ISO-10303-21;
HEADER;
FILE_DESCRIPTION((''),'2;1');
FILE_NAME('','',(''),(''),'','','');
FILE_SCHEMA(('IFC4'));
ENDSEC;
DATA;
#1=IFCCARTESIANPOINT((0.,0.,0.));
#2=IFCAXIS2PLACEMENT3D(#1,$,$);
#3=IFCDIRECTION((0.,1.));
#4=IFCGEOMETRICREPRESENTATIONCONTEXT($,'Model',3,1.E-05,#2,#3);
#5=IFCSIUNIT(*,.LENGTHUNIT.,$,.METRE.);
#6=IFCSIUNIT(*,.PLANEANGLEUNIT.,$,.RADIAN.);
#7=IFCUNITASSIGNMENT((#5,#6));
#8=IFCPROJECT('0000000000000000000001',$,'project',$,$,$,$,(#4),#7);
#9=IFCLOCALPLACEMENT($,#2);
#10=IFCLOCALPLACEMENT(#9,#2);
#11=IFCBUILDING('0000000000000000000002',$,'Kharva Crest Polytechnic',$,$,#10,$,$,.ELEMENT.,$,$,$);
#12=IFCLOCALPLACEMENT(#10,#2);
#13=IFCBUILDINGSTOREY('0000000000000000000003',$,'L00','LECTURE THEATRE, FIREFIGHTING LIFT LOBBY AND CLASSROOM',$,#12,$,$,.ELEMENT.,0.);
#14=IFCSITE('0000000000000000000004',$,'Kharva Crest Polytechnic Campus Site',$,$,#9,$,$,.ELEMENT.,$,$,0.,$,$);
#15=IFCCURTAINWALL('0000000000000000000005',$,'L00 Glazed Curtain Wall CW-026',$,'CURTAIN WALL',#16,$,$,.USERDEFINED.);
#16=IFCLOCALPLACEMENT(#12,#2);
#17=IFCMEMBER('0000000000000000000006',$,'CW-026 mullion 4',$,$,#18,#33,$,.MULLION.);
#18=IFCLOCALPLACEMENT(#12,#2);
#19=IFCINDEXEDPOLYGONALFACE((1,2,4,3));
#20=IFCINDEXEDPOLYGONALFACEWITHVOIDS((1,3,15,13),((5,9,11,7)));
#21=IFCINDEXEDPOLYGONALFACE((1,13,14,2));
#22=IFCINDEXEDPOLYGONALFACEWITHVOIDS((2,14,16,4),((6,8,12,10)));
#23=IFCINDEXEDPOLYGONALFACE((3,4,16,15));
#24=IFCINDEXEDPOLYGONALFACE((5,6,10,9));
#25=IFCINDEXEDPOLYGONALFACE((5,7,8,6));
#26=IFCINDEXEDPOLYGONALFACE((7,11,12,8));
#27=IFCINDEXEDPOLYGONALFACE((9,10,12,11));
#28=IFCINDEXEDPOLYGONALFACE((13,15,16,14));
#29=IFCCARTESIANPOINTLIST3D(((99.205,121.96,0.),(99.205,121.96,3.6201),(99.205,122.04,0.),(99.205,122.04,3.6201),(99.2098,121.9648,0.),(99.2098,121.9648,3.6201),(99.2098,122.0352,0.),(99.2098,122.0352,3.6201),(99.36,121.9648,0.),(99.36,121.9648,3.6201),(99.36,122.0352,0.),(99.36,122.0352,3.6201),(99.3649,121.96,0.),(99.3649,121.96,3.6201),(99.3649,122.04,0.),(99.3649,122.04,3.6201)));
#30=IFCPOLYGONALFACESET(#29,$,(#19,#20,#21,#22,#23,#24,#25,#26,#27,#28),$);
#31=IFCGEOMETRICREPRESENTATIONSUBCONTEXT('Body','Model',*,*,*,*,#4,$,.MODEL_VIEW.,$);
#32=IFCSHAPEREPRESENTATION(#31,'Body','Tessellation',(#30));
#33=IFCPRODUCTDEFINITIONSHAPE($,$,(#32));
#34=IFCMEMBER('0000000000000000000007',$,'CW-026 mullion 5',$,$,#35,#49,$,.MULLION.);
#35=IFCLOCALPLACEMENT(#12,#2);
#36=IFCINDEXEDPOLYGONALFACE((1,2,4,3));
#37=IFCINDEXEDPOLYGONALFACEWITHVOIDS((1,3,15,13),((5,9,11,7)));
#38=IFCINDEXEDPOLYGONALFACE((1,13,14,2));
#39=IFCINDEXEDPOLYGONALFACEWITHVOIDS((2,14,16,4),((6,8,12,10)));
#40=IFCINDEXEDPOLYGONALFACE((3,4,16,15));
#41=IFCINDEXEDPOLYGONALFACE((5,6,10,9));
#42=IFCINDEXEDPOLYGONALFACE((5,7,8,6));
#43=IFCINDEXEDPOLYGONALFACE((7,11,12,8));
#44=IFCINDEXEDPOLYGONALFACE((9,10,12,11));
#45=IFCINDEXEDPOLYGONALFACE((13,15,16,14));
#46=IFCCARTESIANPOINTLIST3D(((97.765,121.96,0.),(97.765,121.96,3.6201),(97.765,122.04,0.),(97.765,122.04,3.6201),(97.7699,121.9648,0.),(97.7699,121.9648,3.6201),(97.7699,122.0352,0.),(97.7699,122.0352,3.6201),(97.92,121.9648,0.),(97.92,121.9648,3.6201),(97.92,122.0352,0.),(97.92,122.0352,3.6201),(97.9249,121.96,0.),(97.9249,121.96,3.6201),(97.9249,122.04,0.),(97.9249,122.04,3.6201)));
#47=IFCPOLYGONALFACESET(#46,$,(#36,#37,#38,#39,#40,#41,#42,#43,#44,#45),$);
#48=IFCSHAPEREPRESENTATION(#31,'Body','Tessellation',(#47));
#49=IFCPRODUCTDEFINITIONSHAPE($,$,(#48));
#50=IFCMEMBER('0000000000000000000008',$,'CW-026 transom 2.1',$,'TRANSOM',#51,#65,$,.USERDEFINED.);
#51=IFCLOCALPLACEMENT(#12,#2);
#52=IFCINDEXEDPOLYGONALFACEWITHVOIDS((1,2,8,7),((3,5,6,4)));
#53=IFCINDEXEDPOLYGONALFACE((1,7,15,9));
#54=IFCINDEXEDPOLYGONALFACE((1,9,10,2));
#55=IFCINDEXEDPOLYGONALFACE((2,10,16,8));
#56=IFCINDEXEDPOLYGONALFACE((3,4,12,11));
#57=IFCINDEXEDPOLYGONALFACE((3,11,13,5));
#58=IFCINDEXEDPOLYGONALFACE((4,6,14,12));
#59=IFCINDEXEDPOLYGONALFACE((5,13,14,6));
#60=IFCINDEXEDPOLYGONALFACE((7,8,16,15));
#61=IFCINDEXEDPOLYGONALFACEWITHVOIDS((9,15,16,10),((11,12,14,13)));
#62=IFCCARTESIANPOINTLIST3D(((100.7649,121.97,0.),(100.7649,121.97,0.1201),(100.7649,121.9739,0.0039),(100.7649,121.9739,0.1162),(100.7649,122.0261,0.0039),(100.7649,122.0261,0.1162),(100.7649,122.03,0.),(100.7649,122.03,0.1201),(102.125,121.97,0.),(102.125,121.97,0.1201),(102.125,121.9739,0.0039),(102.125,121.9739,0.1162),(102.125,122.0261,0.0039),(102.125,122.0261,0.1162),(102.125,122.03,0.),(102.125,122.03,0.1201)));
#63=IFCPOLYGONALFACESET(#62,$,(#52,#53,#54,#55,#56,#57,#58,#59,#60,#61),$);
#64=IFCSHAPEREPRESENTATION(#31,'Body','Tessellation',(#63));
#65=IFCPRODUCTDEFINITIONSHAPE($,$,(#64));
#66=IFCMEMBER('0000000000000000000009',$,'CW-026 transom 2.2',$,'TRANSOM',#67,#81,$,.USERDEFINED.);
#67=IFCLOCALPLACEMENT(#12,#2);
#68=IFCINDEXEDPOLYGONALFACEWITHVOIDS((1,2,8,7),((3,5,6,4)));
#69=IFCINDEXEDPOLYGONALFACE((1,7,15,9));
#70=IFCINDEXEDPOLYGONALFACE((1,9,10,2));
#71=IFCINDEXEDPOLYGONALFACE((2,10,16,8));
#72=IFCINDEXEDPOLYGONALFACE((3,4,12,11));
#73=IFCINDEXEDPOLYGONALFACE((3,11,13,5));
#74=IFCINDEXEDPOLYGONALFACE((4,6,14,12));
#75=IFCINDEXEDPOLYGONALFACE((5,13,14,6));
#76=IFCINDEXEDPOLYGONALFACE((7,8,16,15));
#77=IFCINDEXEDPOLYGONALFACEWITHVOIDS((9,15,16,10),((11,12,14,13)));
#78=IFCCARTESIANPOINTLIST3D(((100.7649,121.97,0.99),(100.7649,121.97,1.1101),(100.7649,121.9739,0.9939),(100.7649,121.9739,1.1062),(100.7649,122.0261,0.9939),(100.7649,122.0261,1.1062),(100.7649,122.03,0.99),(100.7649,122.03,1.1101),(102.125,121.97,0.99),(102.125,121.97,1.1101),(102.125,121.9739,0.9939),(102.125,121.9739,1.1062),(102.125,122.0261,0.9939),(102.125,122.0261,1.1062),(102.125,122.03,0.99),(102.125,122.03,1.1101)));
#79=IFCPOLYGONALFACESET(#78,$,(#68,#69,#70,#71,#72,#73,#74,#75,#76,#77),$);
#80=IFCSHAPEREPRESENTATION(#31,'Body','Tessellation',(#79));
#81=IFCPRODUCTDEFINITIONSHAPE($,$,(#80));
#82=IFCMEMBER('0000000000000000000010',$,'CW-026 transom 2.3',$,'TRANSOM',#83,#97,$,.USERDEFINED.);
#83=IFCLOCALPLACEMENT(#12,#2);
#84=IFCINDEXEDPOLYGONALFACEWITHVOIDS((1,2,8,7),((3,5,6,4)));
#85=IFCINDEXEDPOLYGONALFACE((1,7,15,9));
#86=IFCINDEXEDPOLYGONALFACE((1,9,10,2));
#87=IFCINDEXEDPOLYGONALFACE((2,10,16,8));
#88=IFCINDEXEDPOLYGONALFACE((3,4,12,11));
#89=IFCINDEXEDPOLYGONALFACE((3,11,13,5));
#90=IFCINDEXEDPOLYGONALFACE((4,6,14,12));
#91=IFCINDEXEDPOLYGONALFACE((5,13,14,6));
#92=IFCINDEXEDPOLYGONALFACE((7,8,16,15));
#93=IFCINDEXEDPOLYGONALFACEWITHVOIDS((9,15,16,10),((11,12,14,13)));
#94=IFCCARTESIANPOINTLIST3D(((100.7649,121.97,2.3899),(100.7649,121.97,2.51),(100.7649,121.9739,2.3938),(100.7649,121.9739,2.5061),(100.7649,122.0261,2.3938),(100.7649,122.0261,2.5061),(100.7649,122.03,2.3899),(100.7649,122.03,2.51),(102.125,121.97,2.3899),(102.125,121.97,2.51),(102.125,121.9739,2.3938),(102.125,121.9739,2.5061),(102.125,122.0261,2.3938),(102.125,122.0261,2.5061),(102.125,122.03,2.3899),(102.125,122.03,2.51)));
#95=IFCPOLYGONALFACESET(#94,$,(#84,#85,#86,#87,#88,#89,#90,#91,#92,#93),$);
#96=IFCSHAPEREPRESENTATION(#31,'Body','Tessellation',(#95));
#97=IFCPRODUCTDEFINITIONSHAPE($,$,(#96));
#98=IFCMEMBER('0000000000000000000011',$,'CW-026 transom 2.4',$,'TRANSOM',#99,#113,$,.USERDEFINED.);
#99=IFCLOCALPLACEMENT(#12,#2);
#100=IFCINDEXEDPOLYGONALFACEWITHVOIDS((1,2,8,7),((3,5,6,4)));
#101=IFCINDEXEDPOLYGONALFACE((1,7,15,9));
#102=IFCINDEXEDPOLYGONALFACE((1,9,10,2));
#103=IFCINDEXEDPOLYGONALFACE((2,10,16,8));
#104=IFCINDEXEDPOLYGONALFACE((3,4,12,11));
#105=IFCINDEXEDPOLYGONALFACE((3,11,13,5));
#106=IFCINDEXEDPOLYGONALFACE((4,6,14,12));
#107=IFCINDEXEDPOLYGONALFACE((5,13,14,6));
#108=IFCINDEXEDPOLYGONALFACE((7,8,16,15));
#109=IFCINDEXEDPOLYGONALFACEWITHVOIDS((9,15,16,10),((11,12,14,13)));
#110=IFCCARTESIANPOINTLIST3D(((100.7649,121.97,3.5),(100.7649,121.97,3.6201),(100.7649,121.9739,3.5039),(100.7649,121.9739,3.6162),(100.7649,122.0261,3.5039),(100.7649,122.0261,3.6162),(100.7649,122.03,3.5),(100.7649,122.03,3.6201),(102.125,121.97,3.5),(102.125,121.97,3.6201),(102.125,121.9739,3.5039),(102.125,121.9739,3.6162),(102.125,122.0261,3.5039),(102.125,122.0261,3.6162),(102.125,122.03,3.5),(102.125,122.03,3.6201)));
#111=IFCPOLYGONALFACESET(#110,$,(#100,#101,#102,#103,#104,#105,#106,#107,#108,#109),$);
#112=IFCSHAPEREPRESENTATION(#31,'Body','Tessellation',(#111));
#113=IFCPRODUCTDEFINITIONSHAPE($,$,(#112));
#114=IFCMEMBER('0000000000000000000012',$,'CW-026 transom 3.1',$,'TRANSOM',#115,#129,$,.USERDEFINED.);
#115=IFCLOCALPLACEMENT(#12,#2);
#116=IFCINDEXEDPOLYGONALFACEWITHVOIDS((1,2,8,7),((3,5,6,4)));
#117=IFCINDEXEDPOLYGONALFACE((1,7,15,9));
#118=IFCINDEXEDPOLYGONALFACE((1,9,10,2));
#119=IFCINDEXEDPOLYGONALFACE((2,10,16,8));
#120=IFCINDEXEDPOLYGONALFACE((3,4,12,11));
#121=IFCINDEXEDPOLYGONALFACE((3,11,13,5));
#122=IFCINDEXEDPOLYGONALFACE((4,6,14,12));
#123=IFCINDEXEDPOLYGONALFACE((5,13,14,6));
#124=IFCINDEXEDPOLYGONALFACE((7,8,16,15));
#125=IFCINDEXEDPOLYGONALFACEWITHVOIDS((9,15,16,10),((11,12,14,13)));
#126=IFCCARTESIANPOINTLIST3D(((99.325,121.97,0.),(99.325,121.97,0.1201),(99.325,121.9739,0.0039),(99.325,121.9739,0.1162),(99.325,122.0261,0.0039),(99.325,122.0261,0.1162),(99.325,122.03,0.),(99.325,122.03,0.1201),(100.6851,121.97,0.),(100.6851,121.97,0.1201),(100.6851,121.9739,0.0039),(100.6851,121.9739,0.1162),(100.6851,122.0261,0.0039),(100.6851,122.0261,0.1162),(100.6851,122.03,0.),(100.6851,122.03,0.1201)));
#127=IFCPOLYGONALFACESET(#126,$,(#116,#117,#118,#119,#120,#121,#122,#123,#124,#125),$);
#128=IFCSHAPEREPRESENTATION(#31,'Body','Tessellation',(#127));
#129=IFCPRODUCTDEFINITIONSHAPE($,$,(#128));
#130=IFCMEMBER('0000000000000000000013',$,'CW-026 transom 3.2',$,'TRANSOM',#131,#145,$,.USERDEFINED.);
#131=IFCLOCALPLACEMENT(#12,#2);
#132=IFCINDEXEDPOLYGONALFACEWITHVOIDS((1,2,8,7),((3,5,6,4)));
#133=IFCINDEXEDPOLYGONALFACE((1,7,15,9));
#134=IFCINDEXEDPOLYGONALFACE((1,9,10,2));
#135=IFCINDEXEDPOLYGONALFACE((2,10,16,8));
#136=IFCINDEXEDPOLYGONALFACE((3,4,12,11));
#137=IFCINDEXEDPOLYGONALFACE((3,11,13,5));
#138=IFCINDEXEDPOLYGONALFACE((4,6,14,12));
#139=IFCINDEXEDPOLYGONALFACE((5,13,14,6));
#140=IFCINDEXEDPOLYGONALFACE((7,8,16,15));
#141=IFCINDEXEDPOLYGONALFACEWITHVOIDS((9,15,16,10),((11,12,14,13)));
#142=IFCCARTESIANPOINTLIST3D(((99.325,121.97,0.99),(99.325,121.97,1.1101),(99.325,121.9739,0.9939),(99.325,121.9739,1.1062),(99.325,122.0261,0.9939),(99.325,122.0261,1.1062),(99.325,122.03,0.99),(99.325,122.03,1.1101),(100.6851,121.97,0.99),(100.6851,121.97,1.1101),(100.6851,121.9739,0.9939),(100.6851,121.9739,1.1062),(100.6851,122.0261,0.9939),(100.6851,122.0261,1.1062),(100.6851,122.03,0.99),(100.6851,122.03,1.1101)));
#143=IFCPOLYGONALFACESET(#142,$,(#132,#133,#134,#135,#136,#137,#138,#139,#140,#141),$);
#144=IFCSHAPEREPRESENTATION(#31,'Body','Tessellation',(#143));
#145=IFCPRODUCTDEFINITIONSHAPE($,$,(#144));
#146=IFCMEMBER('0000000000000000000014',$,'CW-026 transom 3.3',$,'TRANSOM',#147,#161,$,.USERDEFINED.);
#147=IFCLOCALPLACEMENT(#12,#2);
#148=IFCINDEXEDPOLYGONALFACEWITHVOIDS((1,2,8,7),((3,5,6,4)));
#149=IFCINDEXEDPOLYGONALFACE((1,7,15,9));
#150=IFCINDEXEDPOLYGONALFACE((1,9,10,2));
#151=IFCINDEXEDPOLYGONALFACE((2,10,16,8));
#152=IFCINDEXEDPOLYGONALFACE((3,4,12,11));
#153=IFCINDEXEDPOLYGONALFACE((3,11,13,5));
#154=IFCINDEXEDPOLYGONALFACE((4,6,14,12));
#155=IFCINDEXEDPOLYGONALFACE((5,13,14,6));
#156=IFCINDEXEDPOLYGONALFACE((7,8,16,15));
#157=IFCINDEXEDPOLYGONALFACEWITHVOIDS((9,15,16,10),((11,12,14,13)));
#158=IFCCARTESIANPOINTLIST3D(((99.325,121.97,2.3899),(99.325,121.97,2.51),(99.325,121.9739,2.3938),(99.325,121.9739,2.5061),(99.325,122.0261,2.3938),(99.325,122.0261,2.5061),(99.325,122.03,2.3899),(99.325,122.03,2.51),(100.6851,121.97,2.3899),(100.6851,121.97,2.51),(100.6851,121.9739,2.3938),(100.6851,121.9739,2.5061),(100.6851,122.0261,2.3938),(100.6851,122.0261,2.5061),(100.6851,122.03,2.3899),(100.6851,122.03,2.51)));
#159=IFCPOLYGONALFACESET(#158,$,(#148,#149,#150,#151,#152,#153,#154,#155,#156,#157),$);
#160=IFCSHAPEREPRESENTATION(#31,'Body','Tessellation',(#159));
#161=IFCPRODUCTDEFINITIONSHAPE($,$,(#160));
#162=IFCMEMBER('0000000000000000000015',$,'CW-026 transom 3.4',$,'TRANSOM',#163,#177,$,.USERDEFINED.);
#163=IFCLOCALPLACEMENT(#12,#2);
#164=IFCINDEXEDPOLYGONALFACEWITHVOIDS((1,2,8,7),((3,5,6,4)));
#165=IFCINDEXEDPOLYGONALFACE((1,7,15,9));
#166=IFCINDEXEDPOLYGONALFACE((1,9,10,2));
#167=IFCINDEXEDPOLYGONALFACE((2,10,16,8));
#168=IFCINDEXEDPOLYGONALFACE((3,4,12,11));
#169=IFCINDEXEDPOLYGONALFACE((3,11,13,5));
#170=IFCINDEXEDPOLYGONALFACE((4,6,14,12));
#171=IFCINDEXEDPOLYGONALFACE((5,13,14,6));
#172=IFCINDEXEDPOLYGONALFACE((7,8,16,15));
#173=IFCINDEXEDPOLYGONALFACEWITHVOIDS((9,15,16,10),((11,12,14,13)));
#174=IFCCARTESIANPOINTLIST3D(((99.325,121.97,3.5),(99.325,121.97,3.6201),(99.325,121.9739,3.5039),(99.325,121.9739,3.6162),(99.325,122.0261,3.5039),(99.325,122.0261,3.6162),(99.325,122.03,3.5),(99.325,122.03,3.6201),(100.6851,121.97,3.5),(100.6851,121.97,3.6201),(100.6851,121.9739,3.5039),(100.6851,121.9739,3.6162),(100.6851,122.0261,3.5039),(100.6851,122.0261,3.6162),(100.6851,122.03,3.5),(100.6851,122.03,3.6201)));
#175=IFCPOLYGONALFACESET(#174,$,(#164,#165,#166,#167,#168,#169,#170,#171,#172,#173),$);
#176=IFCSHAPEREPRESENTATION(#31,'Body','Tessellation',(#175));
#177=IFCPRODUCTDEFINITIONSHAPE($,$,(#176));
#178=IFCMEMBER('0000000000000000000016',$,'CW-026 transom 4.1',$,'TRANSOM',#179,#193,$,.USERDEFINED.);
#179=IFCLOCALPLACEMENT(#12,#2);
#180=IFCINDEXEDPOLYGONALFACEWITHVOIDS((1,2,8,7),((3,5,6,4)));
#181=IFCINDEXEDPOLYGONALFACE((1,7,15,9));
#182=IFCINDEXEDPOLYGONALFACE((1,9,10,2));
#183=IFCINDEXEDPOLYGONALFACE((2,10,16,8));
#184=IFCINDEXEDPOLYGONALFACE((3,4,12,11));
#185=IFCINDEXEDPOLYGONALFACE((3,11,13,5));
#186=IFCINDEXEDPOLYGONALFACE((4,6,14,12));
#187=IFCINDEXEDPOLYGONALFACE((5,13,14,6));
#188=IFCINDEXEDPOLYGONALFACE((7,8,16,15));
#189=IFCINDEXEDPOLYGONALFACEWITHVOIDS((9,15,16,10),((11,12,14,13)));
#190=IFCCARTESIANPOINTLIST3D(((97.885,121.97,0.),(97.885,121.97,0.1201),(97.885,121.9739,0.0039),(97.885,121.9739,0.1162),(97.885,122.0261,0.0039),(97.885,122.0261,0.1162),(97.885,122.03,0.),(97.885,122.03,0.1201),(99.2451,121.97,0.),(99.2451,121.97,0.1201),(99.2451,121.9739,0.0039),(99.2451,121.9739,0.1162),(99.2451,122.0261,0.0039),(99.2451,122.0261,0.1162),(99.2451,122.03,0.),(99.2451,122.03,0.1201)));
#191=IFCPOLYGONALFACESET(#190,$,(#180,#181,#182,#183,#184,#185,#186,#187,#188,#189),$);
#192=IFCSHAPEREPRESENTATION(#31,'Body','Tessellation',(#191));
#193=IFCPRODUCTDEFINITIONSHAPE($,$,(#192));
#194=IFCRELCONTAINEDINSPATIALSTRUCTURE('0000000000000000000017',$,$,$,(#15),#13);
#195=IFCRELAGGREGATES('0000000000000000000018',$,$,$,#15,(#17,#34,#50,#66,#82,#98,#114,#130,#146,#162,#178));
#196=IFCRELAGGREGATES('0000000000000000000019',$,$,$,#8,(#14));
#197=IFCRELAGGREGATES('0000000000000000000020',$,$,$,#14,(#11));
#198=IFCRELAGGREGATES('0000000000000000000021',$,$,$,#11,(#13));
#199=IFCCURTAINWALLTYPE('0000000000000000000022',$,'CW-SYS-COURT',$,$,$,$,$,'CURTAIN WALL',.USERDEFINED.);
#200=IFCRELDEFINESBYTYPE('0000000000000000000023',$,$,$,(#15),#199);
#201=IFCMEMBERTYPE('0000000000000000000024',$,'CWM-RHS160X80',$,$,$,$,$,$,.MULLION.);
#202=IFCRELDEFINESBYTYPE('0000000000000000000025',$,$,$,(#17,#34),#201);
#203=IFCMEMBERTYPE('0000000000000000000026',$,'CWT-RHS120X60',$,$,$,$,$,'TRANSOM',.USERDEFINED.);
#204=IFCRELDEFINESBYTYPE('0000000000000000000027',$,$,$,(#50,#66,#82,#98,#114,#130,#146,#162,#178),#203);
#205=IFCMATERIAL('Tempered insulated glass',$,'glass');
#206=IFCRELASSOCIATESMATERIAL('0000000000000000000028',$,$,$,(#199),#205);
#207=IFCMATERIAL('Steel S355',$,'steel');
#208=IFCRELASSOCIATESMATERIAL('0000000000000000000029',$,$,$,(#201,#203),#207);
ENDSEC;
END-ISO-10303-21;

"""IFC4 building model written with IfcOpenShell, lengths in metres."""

from ifc_helpers import new_model, si_unit, direction, frame, origin, origin_2d, place, context, subcontext, project, spatial, hollow_rectangle, extrude, material, material_profile, profile_set, type_object, element, aggregate, save


model = new_model("IFC4")

# Units and contexts
model_context = context("Model", 3, precision=1e-05, world=origin(), true_north=direction((0.0, 1.0)))
body_context = subcontext(model_context, "Body", "Model", "MODEL_VIEW")
ifc_project = project(units=[si_unit("LENGTHUNIT", "METRE"), si_unit("PLANEANGLEUNIT", "RADIAN")], contexts=[model_context])

# Site, building, storey
site_placement = place(None, origin())
site = spatial("IfcSite", under=ifc_project, at=site_placement, Name="Kharva Crest Polytechnic Campus Site", CompositionType="ELEMENT", RefElevation=0.0)
building_placement = place(site_placement, origin())
building = spatial("IfcBuilding", under=site, at=building_placement, Name="Kharva Crest Polytechnic", CompositionType="ELEMENT")
storey_placement = place(building_placement, origin())
storey = spatial("IfcBuildingStorey", under=building, at=storey_placement, Name="L00", Description="LECTURE THEATRE, FIREFIGHTING LIFT LOBBY AND CLASSROOM", CompositionType="ELEMENT", Elevation=0.0)

# Curtain wall, members
ifc_material_1 = material(Name="Tempered insulated glass", Category="glass")
curtain_wall_type = type_object("IfcCurtainWallType", Name="CW-SYS-COURT", ElementType="CURTAIN WALL", PredefinedType="USERDEFINED", material=ifc_material_1)
curtain_wall_placement = place(storey_placement, origin())
curtain_wall = element("IfcCurtainWall", 1, at=curtain_wall_placement, inside=storey, type_object=curtain_wall_type, Name="L00 Glazed Curtain Wall CW-026", ObjectType="CURTAIN WALL", PredefinedType="USERDEFINED")
ifc_material_2 = material(Name="Steel S355", Category="steel")
ifc_material_profile_1 = material_profile(ifc_material_2, hollow_rectangle(XDim=0.0801, YDim=0.1599, WallThickness=0.0049, at=origin_2d()), Name="RHS 160X80X5.0")
ifc_profile_set_1 = profile_set([ifc_material_profile_1], Name="Steel S355")
member_type_1 = type_object("IfcMemberType", Name="CWM-RHS160X80", PredefinedType="MULLION", material=ifc_profile_set_1)
member_1_placement = place(storey_placement, frame((99.2849, 122.0, 0.0), z_axis=(0.0, 0.0, 1.0), x_axis=(0.0, -1.0, 0.0)))
member_1 = element("IfcMember", 2, at=member_1_placement, type_object=member_type_1, Name="CW-026 mullion 4", PredefinedType="MULLION", context=body_context, shape_type="SweptSolid", body=[
    extrude(hollow_rectangle(XDim=0.0801, YDim=0.1599, WallThickness=0.0049, at=origin_2d()), origin(), (0.0, 0.0, 1.0), 3.6201),
])
member_2_placement = place(storey_placement, frame((97.845, 122.0, 0.0), z_axis=(0.0, 0.0, 1.0), x_axis=(0.0, -1.0, 0.0)))
member_2 = element("IfcMember", 3, at=member_2_placement, type_object=member_type_1, Name="CW-026 mullion 5", PredefinedType="MULLION", context=body_context, shape_type="SweptSolid", body=[
    extrude(hollow_rectangle(XDim=0.0801, YDim=0.1599, WallThickness=0.0049, at=origin_2d()), origin(), (0.0, 0.0, 1.0), 3.6201),
])
ifc_material_profile_2 = material_profile(ifc_material_2, hollow_rectangle(XDim=0.0601, YDim=0.1201, WallThickness=0.0039, at=origin_2d()), Name="RHS 120X60X4.0")
ifc_profile_set_2 = profile_set([ifc_material_profile_2], Name="Steel S355")
member_type_2 = type_object("IfcMemberType", Name="CWT-RHS120X60", ElementType="TRANSOM", PredefinedType="USERDEFINED", material=ifc_profile_set_2)
member_3_placement = place(storey_placement, frame((102.125, 122.0, 0.0601), z_axis=(-1.0, 0.0, 0.0), x_axis=(0.0, -1.0, 0.0)))
member_3 = element("IfcMember", 4, at=member_3_placement, type_object=member_type_2, Name="CW-026 transom 2.1", ObjectType="TRANSOM", PredefinedType="USERDEFINED", context=body_context, shape_type="SweptSolid", body=[
    extrude(hollow_rectangle(XDim=0.0601, YDim=0.1201, WallThickness=0.0039, at=origin_2d()), origin(), (0.0, 0.0, 1.0), 1.3601),
])
member_4_placement = place(storey_placement, frame((102.125, 122.0, 1.05), z_axis=(-1.0, 0.0, 0.0), x_axis=(0.0, -1.0, 0.0)))
member_4 = element("IfcMember", 5, at=member_4_placement, type_object=member_type_2, Name="CW-026 transom 2.2", ObjectType="TRANSOM", PredefinedType="USERDEFINED", context=body_context, shape_type="SweptSolid", body=[
    extrude(hollow_rectangle(XDim=0.0601, YDim=0.1201, WallThickness=0.0039, at=origin_2d()), origin(), (0.0, 0.0, 1.0), 1.3601),
])
member_5_placement = place(storey_placement, frame((102.125, 122.0, 2.45), z_axis=(-1.0, 0.0, 0.0), x_axis=(0.0, -1.0, 0.0)))
member_5 = element("IfcMember", 6, at=member_5_placement, type_object=member_type_2, Name="CW-026 transom 2.3", ObjectType="TRANSOM", PredefinedType="USERDEFINED", context=body_context, shape_type="SweptSolid", body=[
    extrude(hollow_rectangle(XDim=0.0601, YDim=0.1201, WallThickness=0.0039, at=origin_2d()), origin(), (0.0, 0.0, 1.0), 1.3601),
])
member_6_placement = place(storey_placement, frame((102.125, 122.0, 3.5601), z_axis=(-1.0, 0.0, 0.0), x_axis=(0.0, -1.0, 0.0)))
member_6 = element("IfcMember", 7, at=member_6_placement, type_object=member_type_2, Name="CW-026 transom 2.4", ObjectType="TRANSOM", PredefinedType="USERDEFINED", context=body_context, shape_type="SweptSolid", body=[
    extrude(hollow_rectangle(XDim=0.0601, YDim=0.1201, WallThickness=0.0039, at=origin_2d()), origin(), (0.0, 0.0, 1.0), 1.3601),
])
member_7_placement = place(storey_placement, frame((100.6851, 122.0, 0.0601), z_axis=(-1.0, 0.0, 0.0), x_axis=(0.0, -1.0, 0.0)))
member_7 = element("IfcMember", 8, at=member_7_placement, type_object=member_type_2, Name="CW-026 transom 3.1", ObjectType="TRANSOM", PredefinedType="USERDEFINED", context=body_context, shape_type="SweptSolid", body=[
    extrude(hollow_rectangle(XDim=0.0601, YDim=0.1201, WallThickness=0.0039, at=origin_2d()), origin(), (0.0, 0.0, 1.0), 1.3601),
])
member_8_placement = place(storey_placement, frame((100.6851, 122.0, 1.05), z_axis=(-1.0, 0.0, 0.0), x_axis=(0.0, -1.0, 0.0)))
member_8 = element("IfcMember", 9, at=member_8_placement, type_object=member_type_2, Name="CW-026 transom 3.2", ObjectType="TRANSOM", PredefinedType="USERDEFINED", context=body_context, shape_type="SweptSolid", body=[
    extrude(hollow_rectangle(XDim=0.0601, YDim=0.1201, WallThickness=0.0039, at=origin_2d()), origin(), (0.0, 0.0, 1.0), 1.3601),
])
member_9_placement = place(storey_placement, frame((100.6851, 122.0, 2.45), z_axis=(-1.0, 0.0, 0.0), x_axis=(0.0, -1.0, 0.0)))
member_9 = element("IfcMember", 10, at=member_9_placement, type_object=member_type_2, Name="CW-026 transom 3.3", ObjectType="TRANSOM", PredefinedType="USERDEFINED", context=body_context, shape_type="SweptSolid", body=[
    extrude(hollow_rectangle(XDim=0.0601, YDim=0.1201, WallThickness=0.0039, at=origin_2d()), origin(), (0.0, 0.0, 1.0), 1.3601),
])
member_10_placement = place(storey_placement, frame((100.6851, 122.0, 3.5601), z_axis=(-1.0, 0.0, 0.0), x_axis=(0.0, -1.0, 0.0)))
member_10 = element("IfcMember", 11, at=member_10_placement, type_object=member_type_2, Name="CW-026 transom 3.4", ObjectType="TRANSOM", PredefinedType="USERDEFINED", context=body_context, shape_type="SweptSolid", body=[
    extrude(hollow_rectangle(XDim=0.0601, YDim=0.1201, WallThickness=0.0039, at=origin_2d()), origin(), (0.0, 0.0, 1.0), 1.3601),
])
member_11_placement = place(storey_placement, frame((99.2451, 122.0, 0.0601), z_axis=(-1.0, 0.0, 0.0), x_axis=(0.0, -1.0, 0.0)))
member_11 = element("IfcMember", 12, at=member_11_placement, type_object=member_type_2, Name="CW-026 transom 4.1", ObjectType="TRANSOM", PredefinedType="USERDEFINED", context=body_context, shape_type="SweptSolid", body=[
    extrude(hollow_rectangle(XDim=0.0601, YDim=0.1201, WallThickness=0.0039, at=origin_2d()), origin(), (0.0, 0.0, 1.0), 1.3601),
])
aggregate(curtain_wall, [member_1, member_2, member_3, member_4, member_5, member_6, member_7, member_8, member_9, member_10, member_11])

save(model, "model.ifc")
